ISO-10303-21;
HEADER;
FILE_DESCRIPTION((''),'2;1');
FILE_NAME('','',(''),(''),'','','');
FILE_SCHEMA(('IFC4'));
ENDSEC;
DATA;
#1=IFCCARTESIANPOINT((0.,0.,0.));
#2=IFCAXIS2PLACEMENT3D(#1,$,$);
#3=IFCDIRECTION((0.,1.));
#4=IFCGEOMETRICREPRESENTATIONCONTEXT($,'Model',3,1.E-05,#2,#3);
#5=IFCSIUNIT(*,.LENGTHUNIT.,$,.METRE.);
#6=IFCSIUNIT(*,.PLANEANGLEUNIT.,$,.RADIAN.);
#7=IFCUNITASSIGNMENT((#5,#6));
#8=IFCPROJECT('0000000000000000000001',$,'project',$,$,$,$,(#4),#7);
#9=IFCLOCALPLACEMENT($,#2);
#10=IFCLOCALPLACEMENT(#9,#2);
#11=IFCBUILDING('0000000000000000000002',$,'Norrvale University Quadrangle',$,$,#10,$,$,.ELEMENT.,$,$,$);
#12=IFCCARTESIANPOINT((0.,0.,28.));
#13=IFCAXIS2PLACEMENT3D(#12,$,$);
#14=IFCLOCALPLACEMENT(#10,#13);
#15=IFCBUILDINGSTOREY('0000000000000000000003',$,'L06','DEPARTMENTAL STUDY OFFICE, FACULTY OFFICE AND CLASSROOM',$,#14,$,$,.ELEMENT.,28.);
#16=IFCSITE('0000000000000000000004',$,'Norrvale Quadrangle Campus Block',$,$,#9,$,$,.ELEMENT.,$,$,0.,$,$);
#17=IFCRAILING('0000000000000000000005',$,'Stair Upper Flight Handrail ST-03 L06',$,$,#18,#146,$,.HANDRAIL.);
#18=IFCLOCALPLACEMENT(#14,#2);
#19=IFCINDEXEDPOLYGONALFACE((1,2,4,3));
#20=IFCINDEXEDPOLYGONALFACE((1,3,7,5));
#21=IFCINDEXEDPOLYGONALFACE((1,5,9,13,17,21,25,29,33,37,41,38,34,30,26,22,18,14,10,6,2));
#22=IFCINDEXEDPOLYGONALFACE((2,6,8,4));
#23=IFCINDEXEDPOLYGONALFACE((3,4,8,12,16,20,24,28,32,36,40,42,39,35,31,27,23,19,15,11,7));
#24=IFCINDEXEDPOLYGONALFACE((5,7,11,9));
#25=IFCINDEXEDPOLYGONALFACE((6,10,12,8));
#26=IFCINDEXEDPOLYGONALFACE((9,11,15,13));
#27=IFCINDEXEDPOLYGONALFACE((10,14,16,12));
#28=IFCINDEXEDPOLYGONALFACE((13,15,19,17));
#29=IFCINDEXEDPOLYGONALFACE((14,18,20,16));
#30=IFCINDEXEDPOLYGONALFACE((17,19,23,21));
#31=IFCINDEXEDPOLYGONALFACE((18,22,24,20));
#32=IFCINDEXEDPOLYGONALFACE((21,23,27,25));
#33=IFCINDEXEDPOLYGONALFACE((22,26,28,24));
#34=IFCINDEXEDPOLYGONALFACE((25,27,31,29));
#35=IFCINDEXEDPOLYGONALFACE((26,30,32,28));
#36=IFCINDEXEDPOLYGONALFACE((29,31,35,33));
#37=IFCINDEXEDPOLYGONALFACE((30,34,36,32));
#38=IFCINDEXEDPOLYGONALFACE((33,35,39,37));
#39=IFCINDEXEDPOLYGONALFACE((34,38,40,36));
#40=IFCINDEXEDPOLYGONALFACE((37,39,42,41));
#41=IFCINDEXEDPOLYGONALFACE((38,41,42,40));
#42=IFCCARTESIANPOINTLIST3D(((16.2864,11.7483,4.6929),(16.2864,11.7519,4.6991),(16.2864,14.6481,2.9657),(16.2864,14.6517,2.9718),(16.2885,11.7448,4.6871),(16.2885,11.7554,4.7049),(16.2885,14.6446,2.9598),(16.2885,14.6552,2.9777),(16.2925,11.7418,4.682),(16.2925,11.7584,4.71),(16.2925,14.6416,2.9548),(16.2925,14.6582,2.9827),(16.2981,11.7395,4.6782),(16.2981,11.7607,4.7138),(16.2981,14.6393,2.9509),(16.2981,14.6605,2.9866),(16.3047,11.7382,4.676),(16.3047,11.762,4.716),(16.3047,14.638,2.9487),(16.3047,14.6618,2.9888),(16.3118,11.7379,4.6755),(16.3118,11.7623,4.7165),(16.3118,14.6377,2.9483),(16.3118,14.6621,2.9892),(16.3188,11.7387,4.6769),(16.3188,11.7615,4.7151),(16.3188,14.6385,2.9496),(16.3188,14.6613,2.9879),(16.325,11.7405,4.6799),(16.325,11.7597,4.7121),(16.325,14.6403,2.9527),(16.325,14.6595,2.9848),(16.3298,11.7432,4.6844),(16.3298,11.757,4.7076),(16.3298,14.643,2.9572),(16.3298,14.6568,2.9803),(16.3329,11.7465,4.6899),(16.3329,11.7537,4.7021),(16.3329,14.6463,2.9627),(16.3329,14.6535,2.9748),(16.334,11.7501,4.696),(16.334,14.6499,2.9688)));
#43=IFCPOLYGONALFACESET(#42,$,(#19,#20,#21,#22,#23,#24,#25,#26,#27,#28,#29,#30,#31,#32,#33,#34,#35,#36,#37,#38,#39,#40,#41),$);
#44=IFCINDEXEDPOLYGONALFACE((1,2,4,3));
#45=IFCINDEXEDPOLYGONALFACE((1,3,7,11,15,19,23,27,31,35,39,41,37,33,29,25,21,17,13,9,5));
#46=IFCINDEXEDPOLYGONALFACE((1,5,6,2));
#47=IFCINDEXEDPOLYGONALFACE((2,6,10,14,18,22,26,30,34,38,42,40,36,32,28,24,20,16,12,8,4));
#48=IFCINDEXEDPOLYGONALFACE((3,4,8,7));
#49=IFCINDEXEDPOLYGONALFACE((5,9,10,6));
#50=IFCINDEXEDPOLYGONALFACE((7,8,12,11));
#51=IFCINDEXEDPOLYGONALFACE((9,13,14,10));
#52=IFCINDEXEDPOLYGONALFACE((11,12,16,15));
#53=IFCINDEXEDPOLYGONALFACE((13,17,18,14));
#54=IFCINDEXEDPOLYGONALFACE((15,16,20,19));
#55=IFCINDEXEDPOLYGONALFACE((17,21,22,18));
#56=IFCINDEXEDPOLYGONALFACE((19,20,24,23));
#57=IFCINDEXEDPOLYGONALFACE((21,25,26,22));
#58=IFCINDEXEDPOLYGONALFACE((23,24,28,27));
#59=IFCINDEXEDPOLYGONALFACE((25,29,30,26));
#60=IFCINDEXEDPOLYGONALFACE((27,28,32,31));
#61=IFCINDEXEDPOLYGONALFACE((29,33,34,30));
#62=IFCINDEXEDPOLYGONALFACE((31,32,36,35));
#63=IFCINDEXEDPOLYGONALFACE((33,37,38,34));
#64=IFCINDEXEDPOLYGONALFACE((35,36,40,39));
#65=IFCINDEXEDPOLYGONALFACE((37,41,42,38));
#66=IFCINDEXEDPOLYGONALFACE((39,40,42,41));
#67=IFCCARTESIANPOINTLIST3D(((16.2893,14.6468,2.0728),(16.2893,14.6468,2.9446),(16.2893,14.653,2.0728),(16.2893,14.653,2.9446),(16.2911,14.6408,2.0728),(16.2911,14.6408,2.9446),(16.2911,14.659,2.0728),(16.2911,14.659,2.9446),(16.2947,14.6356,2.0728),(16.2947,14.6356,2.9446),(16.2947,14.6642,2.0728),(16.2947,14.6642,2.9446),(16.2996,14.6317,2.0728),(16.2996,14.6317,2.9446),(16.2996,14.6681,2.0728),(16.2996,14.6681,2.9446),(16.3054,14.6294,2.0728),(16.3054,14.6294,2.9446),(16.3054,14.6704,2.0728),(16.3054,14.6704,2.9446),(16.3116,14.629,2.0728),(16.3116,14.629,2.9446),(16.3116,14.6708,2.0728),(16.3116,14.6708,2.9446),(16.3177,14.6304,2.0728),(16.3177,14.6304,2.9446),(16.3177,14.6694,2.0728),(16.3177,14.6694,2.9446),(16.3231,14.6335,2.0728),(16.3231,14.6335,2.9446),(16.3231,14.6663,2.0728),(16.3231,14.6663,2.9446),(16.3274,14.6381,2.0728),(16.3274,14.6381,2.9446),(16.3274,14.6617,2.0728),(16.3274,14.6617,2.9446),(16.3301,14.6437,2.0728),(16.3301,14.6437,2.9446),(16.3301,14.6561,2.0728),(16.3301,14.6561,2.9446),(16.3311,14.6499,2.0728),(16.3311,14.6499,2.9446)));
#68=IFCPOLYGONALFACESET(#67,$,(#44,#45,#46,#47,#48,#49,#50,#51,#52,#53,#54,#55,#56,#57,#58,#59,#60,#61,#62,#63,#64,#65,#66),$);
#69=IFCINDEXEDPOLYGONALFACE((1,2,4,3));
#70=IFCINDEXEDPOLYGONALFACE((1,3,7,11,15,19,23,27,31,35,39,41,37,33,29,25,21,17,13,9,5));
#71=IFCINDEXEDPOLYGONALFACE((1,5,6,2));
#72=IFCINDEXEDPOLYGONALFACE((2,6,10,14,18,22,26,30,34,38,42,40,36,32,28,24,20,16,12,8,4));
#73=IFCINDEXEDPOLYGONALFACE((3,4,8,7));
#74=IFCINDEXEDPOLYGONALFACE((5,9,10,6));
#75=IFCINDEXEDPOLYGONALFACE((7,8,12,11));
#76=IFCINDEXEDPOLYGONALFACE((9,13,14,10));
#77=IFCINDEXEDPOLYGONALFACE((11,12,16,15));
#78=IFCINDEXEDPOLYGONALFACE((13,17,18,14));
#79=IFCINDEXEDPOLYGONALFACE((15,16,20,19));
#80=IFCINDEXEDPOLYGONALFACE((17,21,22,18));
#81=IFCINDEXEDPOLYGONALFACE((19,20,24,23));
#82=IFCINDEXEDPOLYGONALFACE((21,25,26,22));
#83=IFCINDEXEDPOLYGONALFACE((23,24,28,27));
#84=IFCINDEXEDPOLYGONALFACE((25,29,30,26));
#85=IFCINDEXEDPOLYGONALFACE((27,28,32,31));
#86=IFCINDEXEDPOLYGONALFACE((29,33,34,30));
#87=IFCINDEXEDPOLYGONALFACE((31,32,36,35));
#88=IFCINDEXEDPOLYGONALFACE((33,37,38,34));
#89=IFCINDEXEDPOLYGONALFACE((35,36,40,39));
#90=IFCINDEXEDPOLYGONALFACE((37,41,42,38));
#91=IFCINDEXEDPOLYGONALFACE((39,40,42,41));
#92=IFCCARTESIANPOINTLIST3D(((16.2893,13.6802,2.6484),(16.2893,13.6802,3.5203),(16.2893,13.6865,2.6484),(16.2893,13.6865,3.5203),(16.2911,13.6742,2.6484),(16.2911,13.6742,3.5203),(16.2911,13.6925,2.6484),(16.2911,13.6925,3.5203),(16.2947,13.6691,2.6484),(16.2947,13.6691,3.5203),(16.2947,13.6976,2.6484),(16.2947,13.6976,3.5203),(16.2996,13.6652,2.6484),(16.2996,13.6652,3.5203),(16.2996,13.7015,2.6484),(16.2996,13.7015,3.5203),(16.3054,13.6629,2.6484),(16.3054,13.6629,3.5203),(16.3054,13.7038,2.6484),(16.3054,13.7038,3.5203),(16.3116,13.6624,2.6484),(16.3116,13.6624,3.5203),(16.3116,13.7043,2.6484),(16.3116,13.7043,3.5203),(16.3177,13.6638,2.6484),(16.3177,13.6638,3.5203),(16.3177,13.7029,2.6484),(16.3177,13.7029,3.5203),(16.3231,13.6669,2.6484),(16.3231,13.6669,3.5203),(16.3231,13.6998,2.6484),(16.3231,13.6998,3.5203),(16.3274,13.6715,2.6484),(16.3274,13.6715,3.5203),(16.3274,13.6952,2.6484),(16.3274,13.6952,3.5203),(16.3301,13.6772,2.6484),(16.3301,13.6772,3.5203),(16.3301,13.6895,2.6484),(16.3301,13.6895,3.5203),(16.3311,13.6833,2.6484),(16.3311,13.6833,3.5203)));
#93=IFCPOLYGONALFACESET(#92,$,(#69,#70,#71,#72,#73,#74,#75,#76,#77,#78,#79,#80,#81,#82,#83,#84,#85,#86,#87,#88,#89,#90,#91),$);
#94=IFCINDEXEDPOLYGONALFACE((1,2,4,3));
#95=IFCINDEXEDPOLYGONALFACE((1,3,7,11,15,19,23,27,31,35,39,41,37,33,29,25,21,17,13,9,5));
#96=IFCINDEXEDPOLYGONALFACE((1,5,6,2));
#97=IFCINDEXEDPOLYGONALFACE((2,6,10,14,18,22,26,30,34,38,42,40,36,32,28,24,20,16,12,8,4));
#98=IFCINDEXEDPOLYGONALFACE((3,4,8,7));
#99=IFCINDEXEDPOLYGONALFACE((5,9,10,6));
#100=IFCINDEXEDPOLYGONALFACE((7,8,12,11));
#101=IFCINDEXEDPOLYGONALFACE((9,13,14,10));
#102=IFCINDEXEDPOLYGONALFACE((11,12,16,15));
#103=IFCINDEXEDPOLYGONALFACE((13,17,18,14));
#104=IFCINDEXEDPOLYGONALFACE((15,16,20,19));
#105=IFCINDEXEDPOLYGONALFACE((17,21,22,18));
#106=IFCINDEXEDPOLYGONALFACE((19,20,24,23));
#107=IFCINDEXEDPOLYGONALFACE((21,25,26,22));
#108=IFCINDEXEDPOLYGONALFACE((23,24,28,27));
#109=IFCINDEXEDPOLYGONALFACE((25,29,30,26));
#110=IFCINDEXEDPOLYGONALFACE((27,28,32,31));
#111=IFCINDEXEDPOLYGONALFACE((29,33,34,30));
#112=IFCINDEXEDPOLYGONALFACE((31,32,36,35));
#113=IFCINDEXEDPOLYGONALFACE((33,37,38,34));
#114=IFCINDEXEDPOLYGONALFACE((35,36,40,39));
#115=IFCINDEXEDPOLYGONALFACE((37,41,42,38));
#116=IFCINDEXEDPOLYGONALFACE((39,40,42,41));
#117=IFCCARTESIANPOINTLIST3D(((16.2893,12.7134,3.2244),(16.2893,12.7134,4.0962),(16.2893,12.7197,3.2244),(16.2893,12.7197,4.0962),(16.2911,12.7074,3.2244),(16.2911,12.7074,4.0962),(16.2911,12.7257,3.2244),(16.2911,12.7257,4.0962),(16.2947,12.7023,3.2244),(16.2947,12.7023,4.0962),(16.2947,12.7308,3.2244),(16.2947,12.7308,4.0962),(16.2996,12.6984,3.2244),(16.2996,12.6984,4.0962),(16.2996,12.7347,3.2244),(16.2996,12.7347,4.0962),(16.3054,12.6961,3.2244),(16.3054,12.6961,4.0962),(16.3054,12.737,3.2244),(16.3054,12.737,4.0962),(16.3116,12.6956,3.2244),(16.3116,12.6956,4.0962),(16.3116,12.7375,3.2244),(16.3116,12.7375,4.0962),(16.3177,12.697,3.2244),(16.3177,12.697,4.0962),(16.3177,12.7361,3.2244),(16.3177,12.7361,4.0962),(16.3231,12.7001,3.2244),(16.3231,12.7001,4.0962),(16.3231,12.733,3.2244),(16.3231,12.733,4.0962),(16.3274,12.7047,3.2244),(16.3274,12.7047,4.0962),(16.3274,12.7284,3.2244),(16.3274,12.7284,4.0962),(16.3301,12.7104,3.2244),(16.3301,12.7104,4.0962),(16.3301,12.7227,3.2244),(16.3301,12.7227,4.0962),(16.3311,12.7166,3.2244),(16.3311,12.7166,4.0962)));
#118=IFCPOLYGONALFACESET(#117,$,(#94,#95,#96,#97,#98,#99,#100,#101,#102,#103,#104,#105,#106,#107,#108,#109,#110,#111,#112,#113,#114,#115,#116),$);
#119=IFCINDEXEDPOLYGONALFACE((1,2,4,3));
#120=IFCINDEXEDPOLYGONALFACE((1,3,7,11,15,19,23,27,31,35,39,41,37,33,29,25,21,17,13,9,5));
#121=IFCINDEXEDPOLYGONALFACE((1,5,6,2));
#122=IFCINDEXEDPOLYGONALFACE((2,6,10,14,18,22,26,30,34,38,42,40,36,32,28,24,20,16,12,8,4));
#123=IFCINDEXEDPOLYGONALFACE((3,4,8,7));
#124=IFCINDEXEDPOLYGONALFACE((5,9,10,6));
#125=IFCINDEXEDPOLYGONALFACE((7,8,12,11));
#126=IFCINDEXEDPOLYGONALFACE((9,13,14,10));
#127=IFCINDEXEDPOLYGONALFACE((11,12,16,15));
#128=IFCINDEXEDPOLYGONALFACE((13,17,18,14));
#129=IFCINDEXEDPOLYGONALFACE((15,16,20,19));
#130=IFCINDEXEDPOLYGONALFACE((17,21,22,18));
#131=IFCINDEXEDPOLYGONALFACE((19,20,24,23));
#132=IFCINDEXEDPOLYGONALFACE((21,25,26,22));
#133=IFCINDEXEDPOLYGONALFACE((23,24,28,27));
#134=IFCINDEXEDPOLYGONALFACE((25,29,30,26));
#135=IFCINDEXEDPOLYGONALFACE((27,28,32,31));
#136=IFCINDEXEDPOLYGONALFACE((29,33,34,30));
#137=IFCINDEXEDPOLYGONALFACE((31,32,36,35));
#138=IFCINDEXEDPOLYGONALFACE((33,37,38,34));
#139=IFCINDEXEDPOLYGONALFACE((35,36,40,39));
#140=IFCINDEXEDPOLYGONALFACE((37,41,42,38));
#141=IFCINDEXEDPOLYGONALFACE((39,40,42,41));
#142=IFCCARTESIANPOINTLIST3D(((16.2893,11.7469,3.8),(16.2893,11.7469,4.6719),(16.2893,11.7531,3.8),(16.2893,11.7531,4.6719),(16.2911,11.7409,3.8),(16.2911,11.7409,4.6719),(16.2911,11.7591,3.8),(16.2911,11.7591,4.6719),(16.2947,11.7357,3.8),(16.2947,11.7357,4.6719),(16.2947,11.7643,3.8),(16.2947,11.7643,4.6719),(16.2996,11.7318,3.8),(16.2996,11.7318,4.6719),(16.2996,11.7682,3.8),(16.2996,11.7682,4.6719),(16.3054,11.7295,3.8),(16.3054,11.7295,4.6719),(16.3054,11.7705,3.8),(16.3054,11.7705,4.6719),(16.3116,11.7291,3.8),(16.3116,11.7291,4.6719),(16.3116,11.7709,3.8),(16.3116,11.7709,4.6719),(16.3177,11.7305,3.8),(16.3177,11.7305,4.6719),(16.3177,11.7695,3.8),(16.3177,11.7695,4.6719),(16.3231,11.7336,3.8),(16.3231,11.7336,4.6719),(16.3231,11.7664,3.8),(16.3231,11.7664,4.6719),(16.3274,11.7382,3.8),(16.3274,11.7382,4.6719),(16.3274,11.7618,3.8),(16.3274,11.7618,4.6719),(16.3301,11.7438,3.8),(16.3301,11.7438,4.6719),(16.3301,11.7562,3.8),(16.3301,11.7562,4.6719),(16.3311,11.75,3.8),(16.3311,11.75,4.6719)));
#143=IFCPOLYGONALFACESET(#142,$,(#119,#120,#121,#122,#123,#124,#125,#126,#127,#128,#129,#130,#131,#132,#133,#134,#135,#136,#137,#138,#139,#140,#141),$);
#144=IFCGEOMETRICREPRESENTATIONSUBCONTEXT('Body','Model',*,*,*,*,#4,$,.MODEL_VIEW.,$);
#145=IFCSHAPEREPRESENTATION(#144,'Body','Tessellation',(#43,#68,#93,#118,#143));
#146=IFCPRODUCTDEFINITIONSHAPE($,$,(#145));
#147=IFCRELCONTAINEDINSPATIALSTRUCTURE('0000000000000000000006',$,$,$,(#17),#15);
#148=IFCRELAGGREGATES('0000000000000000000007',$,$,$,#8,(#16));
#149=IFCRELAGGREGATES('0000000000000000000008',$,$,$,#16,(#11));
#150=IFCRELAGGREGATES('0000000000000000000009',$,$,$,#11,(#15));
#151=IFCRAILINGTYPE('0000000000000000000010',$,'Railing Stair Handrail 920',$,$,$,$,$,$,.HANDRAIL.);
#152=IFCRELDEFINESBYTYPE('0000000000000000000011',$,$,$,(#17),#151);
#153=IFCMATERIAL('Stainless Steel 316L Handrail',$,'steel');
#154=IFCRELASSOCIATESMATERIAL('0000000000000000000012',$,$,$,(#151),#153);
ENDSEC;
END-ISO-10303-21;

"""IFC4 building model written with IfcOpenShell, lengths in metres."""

from ifc_helpers import new_model, si_unit, direction, frame, origin, origin_2d, place, context, subcontext, project, spatial, circle, extrude, material, type_object, element, save


model = new_model("IFC4")

# Units and contexts
model_context = context("Model", 3, precision=1e-05, world=origin(), true_north=direction((0.0, 1.0)))
body_context = subcontext(model_context, "Body", "Model", "MODEL_VIEW")
ifc_project = project(units=[si_unit("LENGTHUNIT", "METRE"), si_unit("PLANEANGLEUNIT", "RADIAN")], contexts=[model_context])

# Site, building, storey
site_placement = place(None, origin())
site = spatial("IfcSite", under=ifc_project, at=site_placement, Name="Norrvale Quadrangle Campus Block", CompositionType="ELEMENT", RefElevation=0.0)
building_placement = place(site_placement, origin())
building = spatial("IfcBuilding", under=site, at=building_placement, Name="Norrvale University Quadrangle", CompositionType="ELEMENT")
storey_placement = place(building_placement, frame((0.0, 0.0, 28.0)))
storey = spatial("IfcBuildingStorey", under=building, at=storey_placement, Name="L06", Description="DEPARTMENTAL STUDY OFFICE, FACULTY OFFICE AND CLASSROOM", CompositionType="ELEMENT", Elevation=28.0)

# Railing
ifc_material_1 = material(Name="Stainless Steel 316L Handrail", Category="steel")
railing_type_1 = type_object("IfcRailingType", Name="Railing Stair Handrail 920", PredefinedType="HANDRAIL", material=ifc_material_1)
railing_1_placement = place(storey_placement, frame((16.3101, 14.6499, 2.0728)))
element("IfcRailing", 1, at=railing_1_placement, inside=storey, type_object=railing_type_1, Name="Stair Upper Flight Handrail ST-03 L06", PredefinedType="HANDRAIL", context=body_context, shape_type="SweptSolid", body=[
    extrude(circle(Radius=0.0239, at=origin_2d()), frame((0.0, 0.0, 0.896), z_axis=(0.0, -0.859141, 0.511738), x_axis=(1.0, 0.0, 0.0)), (0.0, 0.0, 1.0), 3.3752),
    extrude(circle(Radius=0.021, at=origin_2d()), origin(), (0.0, 0.0, 1.0), 0.8718),
    extrude(circle(Radius=0.021, at=origin_2d()), frame((0.0, -0.9666, 0.5757)), (0.0, 0.0, 1.0), 0.8718),
    extrude(circle(Radius=0.021, at=origin_2d()), frame((0.0, -1.9333, 1.1516)), (0.0, 0.0, 1.0), 0.8718),
    extrude(circle(Radius=0.021, at=origin_2d()), frame((0.0, -2.8999, 1.7273)), (0.0, 0.0, 1.0), 0.8718),
])

save(model, "model.ifc")
